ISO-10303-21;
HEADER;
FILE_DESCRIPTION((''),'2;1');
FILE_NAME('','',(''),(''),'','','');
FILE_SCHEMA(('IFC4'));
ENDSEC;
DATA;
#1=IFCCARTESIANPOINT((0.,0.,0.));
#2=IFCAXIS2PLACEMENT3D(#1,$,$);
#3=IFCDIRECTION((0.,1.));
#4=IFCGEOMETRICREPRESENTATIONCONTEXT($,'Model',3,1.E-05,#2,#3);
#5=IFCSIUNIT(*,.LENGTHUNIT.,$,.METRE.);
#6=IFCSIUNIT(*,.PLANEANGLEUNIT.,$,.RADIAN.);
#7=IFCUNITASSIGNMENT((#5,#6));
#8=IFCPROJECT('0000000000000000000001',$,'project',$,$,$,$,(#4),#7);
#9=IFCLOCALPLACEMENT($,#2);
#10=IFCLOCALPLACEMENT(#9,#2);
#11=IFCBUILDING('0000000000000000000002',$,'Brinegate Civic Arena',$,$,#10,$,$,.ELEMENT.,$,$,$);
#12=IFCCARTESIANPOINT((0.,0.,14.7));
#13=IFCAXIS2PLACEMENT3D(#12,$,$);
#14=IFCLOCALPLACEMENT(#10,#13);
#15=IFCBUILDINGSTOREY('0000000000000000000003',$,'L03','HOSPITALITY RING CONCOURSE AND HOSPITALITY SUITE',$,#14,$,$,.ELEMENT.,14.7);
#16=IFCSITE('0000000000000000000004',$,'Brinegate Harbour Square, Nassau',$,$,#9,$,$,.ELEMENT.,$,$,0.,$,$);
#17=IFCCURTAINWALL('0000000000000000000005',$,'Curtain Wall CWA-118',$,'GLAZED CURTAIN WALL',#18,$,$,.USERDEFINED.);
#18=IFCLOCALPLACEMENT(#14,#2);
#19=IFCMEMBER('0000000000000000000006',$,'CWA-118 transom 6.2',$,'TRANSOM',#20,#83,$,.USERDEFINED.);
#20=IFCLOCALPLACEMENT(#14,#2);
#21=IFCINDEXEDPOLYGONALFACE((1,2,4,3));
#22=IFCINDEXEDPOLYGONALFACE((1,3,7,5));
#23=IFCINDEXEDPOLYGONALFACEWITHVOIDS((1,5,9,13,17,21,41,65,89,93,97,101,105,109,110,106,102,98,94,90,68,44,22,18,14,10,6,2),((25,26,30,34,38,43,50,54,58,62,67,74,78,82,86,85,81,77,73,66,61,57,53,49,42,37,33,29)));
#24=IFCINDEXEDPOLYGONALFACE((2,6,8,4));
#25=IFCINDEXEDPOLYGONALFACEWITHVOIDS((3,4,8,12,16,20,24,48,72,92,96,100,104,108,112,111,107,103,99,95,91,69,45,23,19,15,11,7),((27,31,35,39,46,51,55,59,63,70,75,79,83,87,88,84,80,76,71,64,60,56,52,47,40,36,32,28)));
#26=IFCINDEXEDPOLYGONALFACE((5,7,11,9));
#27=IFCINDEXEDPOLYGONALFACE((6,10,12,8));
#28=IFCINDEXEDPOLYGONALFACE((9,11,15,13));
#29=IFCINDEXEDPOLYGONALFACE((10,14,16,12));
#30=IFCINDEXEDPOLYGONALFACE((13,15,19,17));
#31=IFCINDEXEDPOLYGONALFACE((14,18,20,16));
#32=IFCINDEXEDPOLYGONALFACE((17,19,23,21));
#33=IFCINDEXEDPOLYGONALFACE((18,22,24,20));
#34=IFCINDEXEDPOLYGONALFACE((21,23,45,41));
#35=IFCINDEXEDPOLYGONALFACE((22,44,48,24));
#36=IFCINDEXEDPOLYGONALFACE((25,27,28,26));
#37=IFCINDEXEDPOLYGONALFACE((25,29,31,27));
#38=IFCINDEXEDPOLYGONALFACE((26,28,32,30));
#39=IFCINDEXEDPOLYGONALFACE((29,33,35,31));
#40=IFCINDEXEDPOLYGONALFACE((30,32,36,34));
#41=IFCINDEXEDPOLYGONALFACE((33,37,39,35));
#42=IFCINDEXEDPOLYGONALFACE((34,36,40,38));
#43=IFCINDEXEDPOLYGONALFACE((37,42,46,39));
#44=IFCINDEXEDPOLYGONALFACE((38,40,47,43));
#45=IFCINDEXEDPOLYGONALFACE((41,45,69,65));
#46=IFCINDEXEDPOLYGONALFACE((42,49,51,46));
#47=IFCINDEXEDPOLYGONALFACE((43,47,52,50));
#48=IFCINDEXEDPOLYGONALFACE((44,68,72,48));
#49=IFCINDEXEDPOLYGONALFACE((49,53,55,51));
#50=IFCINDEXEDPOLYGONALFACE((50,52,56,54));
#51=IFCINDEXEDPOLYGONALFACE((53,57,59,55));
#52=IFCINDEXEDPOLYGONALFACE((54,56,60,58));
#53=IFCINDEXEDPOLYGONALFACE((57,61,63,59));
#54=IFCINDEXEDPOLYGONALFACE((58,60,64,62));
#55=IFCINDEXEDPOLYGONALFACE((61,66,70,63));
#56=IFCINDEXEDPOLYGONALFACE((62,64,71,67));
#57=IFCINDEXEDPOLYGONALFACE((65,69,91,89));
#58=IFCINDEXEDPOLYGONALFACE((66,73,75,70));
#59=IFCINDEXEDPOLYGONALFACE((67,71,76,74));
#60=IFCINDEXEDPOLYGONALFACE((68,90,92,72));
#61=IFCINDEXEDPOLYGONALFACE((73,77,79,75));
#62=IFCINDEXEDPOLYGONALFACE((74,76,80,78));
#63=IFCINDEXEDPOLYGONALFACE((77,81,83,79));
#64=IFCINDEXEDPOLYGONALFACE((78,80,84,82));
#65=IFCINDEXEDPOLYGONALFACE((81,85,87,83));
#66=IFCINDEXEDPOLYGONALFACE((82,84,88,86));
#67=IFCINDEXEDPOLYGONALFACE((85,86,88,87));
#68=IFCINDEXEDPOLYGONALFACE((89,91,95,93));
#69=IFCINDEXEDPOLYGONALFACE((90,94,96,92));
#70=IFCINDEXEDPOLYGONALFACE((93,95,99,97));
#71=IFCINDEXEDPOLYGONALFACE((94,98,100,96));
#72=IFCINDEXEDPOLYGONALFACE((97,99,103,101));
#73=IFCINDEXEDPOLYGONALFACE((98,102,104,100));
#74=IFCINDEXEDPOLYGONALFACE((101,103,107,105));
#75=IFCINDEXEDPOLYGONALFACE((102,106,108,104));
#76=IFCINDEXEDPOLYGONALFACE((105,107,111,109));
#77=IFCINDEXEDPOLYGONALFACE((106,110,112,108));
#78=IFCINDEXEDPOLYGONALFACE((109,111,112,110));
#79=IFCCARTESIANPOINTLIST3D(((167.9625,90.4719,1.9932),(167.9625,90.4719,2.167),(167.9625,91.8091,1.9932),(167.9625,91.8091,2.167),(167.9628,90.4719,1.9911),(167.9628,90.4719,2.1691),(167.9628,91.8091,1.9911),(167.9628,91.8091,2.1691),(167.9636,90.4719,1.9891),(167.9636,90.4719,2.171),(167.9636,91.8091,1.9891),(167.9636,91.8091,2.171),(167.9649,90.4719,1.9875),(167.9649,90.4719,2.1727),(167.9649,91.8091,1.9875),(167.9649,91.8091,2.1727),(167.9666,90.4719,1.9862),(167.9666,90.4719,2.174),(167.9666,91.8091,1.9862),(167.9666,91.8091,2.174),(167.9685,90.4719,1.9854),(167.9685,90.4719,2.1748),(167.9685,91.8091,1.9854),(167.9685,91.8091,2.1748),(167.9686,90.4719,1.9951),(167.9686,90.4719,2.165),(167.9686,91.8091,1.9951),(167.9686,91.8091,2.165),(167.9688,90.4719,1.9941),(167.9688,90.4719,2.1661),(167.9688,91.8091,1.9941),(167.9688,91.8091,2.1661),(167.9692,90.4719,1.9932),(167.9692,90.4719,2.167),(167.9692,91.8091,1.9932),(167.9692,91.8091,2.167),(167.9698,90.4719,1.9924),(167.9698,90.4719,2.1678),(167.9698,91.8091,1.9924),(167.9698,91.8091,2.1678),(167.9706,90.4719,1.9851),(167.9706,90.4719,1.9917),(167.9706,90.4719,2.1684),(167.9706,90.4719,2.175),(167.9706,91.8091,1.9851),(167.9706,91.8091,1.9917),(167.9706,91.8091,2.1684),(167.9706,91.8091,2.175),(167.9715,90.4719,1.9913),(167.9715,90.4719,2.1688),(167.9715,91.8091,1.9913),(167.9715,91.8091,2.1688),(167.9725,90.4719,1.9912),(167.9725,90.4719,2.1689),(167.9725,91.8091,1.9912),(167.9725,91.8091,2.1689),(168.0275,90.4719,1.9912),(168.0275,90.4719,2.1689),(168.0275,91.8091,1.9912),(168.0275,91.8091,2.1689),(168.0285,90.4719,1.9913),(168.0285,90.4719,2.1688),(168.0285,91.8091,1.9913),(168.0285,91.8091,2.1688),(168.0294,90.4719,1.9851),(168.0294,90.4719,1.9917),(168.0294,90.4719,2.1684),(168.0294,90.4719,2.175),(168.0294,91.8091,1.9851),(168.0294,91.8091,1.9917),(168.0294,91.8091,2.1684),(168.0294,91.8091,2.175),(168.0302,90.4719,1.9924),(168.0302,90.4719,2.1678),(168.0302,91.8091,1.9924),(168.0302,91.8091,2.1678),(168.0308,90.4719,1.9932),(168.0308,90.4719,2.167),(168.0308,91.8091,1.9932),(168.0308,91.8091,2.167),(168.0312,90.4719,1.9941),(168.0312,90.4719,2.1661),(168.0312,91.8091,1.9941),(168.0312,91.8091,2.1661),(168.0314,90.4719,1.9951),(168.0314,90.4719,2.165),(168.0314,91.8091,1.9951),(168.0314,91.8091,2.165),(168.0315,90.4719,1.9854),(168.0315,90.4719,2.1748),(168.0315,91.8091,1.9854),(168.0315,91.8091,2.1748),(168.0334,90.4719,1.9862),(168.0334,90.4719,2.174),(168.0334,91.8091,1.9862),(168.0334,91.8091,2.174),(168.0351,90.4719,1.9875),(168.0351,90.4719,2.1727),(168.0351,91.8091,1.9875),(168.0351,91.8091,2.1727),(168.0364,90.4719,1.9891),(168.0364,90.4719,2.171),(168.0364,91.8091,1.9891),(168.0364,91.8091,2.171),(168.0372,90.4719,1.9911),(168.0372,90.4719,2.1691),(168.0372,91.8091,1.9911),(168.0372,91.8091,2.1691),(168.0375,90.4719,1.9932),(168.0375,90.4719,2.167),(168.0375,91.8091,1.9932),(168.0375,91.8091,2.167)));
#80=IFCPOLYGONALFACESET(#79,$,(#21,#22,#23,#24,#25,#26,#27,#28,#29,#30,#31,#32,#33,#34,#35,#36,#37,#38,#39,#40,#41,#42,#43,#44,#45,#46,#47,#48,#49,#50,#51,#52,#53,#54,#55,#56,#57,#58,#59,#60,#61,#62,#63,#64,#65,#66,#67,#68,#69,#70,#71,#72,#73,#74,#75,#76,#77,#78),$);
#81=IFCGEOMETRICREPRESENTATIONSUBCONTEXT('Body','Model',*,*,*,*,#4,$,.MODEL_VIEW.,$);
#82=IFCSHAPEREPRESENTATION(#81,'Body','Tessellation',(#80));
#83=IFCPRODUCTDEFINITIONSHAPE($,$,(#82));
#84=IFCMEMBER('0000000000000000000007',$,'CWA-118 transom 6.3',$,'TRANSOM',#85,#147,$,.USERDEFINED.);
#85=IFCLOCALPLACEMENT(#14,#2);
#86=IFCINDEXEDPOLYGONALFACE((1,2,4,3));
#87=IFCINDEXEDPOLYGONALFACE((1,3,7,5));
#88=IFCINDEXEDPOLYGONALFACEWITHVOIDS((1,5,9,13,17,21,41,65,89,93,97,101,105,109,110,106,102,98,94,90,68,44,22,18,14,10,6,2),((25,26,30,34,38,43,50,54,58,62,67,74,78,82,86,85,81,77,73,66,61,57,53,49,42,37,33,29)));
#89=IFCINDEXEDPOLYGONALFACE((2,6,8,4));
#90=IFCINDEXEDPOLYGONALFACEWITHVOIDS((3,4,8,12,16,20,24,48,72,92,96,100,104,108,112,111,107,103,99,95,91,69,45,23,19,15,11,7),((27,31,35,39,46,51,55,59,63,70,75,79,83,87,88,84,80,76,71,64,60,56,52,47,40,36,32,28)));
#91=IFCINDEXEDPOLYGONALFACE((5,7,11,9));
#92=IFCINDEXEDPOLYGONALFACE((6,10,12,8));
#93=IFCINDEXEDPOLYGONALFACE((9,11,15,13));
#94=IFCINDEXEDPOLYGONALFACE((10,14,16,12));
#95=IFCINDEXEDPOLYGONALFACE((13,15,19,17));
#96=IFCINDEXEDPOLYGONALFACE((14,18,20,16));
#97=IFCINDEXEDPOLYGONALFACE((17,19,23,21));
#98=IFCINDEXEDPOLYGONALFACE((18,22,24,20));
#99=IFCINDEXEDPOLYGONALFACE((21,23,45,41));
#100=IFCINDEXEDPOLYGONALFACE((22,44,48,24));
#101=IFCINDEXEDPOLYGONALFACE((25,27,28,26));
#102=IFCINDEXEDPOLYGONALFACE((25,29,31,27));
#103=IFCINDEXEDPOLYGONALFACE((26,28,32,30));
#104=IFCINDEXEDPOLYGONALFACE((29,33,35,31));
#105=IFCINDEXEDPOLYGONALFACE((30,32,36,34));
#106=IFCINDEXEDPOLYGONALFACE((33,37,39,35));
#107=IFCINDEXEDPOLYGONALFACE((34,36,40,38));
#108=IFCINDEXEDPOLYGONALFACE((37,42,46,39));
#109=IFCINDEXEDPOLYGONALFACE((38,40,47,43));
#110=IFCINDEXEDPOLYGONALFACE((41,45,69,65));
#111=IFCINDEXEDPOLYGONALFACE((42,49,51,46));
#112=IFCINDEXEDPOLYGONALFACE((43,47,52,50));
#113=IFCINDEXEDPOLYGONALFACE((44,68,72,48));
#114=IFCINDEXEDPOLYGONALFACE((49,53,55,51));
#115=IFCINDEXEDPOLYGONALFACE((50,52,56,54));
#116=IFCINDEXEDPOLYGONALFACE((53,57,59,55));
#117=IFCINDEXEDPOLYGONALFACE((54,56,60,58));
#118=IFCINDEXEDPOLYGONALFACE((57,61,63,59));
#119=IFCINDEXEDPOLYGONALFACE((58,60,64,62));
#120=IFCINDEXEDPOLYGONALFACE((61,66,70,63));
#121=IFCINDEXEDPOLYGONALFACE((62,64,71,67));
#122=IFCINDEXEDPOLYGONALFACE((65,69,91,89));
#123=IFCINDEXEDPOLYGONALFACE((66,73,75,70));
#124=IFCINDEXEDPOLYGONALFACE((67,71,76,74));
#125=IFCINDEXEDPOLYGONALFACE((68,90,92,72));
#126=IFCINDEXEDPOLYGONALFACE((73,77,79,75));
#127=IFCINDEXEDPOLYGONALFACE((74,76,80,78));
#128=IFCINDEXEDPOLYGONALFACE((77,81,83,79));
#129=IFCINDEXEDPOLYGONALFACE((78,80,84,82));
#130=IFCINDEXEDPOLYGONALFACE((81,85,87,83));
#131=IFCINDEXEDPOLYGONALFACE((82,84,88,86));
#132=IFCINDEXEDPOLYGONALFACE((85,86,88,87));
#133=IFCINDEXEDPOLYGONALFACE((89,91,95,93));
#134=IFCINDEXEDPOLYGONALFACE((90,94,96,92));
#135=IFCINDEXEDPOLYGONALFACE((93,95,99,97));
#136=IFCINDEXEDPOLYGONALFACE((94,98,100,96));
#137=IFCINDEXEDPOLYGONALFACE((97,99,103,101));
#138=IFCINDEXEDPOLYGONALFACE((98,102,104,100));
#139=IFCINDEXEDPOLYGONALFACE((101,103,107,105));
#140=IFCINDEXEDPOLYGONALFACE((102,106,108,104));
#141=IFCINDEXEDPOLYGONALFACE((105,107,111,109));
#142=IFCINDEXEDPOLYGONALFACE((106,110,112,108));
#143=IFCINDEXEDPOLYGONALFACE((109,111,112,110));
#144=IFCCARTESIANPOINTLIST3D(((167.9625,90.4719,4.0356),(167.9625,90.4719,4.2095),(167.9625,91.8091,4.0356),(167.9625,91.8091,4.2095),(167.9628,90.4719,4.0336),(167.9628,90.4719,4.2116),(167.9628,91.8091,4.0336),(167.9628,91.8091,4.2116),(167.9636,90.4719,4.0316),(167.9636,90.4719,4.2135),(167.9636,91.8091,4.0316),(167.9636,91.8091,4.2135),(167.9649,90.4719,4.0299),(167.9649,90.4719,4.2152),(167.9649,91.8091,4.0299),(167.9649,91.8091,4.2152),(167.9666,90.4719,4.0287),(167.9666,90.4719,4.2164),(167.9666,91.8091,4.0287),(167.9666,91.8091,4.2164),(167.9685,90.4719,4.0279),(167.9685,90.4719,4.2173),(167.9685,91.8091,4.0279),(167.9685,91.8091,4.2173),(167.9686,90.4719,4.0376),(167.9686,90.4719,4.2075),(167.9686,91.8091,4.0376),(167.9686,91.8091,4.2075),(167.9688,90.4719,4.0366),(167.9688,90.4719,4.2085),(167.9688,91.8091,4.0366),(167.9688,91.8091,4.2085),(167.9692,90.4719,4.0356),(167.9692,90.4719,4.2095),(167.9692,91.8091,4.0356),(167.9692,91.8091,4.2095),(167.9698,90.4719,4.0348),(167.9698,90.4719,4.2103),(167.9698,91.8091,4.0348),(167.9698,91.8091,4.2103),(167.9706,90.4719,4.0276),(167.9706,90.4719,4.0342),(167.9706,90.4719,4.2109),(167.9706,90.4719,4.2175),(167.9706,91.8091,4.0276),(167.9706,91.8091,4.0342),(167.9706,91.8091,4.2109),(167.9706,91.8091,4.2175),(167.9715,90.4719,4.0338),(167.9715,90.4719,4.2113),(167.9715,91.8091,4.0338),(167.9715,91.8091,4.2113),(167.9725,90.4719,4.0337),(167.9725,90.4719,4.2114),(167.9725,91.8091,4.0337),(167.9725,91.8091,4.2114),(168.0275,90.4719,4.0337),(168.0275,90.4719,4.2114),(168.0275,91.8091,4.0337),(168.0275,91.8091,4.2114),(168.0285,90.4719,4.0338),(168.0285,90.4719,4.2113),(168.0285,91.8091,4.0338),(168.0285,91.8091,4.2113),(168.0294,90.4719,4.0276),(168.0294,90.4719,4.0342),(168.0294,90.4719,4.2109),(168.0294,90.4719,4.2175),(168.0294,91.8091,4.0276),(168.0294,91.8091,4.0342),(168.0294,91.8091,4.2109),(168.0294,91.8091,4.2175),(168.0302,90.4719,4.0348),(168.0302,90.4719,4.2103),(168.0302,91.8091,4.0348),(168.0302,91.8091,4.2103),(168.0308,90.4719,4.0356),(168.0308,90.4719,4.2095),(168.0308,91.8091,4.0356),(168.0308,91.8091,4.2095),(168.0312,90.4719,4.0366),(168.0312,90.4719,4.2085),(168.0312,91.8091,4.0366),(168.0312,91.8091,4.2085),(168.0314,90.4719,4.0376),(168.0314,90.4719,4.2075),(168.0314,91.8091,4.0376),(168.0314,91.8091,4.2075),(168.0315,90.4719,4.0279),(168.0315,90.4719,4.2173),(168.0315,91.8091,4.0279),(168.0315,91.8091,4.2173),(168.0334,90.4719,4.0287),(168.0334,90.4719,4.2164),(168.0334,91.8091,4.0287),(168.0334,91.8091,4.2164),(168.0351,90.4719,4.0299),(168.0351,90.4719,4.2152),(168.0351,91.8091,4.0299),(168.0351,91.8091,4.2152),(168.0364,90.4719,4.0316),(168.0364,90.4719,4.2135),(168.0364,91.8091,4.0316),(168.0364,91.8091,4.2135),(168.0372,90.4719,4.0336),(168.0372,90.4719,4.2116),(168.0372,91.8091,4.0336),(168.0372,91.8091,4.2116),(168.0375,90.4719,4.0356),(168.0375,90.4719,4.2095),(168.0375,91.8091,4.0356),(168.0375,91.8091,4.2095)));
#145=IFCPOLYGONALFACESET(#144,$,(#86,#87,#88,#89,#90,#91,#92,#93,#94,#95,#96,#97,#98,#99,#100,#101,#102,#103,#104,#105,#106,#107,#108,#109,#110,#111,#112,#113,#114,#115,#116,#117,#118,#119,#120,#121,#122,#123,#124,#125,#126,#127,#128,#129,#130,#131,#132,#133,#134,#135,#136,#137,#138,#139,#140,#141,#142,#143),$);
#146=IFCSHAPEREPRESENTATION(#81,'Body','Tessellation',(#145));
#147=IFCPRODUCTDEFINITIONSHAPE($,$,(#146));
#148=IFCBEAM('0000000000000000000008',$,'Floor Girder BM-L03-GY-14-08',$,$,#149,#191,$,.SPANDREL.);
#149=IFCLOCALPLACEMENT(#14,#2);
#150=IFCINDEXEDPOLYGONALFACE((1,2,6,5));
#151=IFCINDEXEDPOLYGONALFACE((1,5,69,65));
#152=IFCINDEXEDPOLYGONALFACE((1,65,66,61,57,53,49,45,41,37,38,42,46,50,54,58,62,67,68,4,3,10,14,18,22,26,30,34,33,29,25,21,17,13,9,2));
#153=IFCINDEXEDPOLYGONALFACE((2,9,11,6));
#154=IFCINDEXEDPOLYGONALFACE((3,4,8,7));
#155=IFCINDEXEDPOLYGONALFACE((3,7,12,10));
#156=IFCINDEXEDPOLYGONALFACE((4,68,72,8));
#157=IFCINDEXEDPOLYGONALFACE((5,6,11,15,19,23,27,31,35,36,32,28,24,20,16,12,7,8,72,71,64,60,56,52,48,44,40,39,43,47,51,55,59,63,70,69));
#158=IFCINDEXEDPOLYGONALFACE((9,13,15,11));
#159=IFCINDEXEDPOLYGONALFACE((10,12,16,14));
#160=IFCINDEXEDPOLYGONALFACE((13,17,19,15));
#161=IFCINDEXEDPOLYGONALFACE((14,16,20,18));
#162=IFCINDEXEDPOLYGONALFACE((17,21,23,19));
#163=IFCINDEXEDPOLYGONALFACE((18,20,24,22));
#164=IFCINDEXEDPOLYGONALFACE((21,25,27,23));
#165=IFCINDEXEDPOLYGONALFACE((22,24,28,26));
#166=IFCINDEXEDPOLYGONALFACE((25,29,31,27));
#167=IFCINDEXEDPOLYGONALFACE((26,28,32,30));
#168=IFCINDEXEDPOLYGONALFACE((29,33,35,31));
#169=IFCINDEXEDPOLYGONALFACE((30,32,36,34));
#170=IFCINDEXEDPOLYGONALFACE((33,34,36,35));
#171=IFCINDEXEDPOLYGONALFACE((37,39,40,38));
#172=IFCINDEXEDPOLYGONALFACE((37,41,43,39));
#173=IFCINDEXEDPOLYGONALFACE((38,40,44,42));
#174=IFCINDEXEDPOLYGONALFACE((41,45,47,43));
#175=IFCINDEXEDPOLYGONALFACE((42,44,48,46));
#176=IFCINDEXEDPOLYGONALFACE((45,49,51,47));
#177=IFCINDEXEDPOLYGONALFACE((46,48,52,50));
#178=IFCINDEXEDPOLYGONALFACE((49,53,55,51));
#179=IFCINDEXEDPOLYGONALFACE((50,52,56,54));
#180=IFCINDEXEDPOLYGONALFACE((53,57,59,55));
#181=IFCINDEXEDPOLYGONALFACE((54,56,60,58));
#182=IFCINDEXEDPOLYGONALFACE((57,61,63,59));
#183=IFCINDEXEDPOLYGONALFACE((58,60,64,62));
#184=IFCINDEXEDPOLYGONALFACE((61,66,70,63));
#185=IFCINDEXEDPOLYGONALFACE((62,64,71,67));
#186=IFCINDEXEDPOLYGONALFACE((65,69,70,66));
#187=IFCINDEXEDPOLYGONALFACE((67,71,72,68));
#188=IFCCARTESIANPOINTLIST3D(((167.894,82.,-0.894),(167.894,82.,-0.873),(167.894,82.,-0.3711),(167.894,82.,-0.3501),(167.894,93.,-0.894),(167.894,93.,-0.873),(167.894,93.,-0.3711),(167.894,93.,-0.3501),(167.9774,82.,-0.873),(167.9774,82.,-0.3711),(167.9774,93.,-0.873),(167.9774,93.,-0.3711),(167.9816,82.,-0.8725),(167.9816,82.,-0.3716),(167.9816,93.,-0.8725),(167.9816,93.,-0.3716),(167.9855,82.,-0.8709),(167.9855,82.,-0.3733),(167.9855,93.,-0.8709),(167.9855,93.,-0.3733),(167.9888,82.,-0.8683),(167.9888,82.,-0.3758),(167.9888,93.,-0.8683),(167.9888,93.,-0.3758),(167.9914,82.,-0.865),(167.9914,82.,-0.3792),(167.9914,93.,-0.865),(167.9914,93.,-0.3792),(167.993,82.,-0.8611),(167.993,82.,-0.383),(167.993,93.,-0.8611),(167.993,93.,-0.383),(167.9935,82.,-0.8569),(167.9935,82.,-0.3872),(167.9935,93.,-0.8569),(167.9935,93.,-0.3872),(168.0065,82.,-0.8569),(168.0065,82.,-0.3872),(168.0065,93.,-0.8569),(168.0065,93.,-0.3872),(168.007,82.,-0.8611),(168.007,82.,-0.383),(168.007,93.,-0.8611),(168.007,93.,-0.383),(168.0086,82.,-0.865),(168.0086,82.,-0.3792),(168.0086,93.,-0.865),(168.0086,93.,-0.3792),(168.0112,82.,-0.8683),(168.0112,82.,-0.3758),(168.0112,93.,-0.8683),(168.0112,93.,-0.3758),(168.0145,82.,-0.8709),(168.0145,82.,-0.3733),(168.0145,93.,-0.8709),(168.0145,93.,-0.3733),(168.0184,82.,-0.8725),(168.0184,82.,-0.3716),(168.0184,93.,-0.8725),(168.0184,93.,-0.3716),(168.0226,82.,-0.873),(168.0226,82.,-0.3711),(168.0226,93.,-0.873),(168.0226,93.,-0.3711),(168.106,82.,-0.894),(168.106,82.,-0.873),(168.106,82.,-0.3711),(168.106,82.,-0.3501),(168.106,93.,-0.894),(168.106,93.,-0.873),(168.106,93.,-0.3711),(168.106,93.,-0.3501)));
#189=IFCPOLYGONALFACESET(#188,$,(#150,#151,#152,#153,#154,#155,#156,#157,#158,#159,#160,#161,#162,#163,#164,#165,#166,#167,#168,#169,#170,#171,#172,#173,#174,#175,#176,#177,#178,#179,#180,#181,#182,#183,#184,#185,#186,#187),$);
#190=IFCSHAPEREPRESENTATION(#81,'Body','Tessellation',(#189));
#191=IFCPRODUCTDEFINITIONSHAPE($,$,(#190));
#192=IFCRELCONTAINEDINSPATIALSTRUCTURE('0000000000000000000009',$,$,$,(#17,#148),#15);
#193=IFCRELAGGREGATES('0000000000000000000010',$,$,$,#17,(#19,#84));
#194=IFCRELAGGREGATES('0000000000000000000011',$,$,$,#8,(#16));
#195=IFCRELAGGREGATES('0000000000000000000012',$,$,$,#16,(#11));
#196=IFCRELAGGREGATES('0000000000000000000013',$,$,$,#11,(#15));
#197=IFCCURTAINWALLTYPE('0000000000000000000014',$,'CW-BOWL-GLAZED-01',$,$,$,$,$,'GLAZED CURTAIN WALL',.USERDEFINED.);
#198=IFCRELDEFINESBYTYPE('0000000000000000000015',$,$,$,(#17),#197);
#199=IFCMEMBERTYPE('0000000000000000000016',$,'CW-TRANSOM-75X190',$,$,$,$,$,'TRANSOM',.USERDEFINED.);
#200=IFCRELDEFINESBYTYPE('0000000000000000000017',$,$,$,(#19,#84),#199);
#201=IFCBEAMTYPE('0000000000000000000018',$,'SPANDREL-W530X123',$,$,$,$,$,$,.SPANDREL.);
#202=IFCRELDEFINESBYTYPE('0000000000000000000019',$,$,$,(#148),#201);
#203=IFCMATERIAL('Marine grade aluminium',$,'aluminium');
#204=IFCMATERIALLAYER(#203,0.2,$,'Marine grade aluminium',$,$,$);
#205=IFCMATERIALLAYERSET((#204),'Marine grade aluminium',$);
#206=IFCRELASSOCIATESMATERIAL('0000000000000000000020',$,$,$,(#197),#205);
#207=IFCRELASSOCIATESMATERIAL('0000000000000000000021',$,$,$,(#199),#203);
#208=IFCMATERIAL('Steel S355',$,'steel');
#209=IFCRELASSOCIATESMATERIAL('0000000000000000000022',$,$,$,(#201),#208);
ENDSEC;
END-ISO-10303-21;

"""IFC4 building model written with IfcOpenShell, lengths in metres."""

from ifc_helpers import new_model, si_unit, direction, frame, origin, origin_2d, place, context, subcontext, project, spatial, hollow_rectangle, i_section, extrude, material, layer, layer_set, material_profile, profile_set, type_object, element, aggregate, save


model = new_model("IFC4")

# Units and contexts
model_context = context("Model", 3, precision=1e-05, world=origin(), true_north=direction((0.0, 1.0)))
body_context = subcontext(model_context, "Body", "Model", "MODEL_VIEW")
ifc_project = project(units=[si_unit("LENGTHUNIT", "METRE"), si_unit("PLANEANGLEUNIT", "RADIAN")], contexts=[model_context])

# Site, building, storey
site_placement = place(None, origin())
site = spatial("IfcSite", under=ifc_project, at=site_placement, Name="Brinegate Harbour Square, Nassau", CompositionType="ELEMENT", RefElevation=0.0)
building_placement = place(site_placement, origin())
building = spatial("IfcBuilding", under=site, at=building_placement, Name="Brinegate Civic Arena", CompositionType="ELEMENT")
storey_placement = place(building_placement, frame((0.0, 0.0, 14.7)))
storey = spatial("IfcBuildingStorey", under=building, at=storey_placement, Name="L03", Description="HOSPITALITY RING CONCOURSE AND HOSPITALITY SUITE", CompositionType="ELEMENT", Elevation=14.7)

# Curtain wall, members
ifc_material_1 = material(Name="Marine grade aluminium", Category="aluminium")
ifc_layer_1 = layer(ifc_material_1, 0.2, Name="Marine grade aluminium")
ifc_layer_set_1 = layer_set([ifc_layer_1], Name="Marine grade aluminium")
curtain_wall_type = type_object("IfcCurtainWallType", Name="CW-BOWL-GLAZED-01", ElementType="GLAZED CURTAIN WALL", PredefinedType="USERDEFINED", material=ifc_layer_set_1)
curtain_wall_placement = place(storey_placement, origin())
curtain_wall = element("IfcCurtainWall", 1, at=curtain_wall_placement, inside=storey, type_object=curtain_wall_type, Name="Curtain Wall CWA-118", ObjectType="GLAZED CURTAIN WALL", PredefinedType="USERDEFINED")
ifc_material_profile_1 = material_profile(ifc_material_1, hollow_rectangle(XDim=0.075, YDim=0.1899, WallThickness=0.0061, InnerFilletRadius=0.0039, OuterFilletRadius=0.0081, at=origin_2d()), Name="TRN75X190")
ifc_profile_set_1 = profile_set([ifc_material_profile_1], Name="Marine grade aluminium")
member_type_1 = type_object("IfcMemberType", Name="CW-TRANSOM-75X190", ElementType="TRANSOM", PredefinedType="USERDEFINED", material=ifc_profile_set_1)
member_1_placement = place(storey_placement, frame((168.0, 90.4719, 2.0801), z_axis=(0.0, 1.0, 0.0), x_axis=(-1.0, 0.0, 0.0)))
member_1 = element("IfcMember", 2, at=member_1_placement, type_object=member_type_1, Name="CWA-118 transom 6.2", ObjectType="TRANSOM", PredefinedType="USERDEFINED", context=body_context, shape_type="SweptSolid", body=[
    extrude(hollow_rectangle(XDim=0.075, YDim=0.1899, WallThickness=0.0061, InnerFilletRadius=0.0039, OuterFilletRadius=0.0081, at=origin_2d()), origin(), (0.0, 0.0, 1.0), 1.3372),
])
member_2_placement = place(storey_placement, frame((168.0, 90.4719, 4.1226), z_axis=(0.0, 1.0, 0.0), x_axis=(-1.0, 0.0, 0.0)))
member_2 = element("IfcMember", 3, at=member_2_placement, type_object=member_type_1, Name="CWA-118 transom 6.3", ObjectType="TRANSOM", PredefinedType="USERDEFINED", context=body_context, shape_type="SweptSolid", body=[
    extrude(hollow_rectangle(XDim=0.075, YDim=0.1899, WallThickness=0.0061, InnerFilletRadius=0.0039, OuterFilletRadius=0.0081, at=origin_2d()), origin(), (0.0, 0.0, 1.0), 1.3372),
])

# Beam
ifc_material_2 = material(Name="Steel S355", Category="steel")
ifc_material_profile_2 = material_profile(ifc_material_2, i_section(OverallWidth=0.2119, OverallDepth=0.5439, WebThickness=0.0129, FlangeThickness=0.021, FilletRadius=0.0161, at=origin_2d()), Name="W530X123")
ifc_profile_set_2 = profile_set([ifc_material_profile_2], Name="Steel S355")
beam_type = type_object("IfcBeamType", Name="SPANDREL-W530X123", PredefinedType="SPANDREL", material=ifc_profile_set_2)
beam_placement = place(storey_placement, frame((168.0, 82.0, -0.6221), z_axis=(0.0, 1.0, 0.0), x_axis=(-1.0, 0.0, 0.0)))
element("IfcBeam", 4, at=beam_placement, inside=storey, type_object=beam_type, Name="Floor Girder BM-L03-GY-14-08", PredefinedType="SPANDREL", context=body_context, shape_type="SweptSolid", body=[
    extrude(i_section(OverallWidth=0.2119, OverallDepth=0.5439, WebThickness=0.0129, FlangeThickness=0.021, FilletRadius=0.0161, at=origin_2d()), origin(), (0.0, 0.0, 1.0), 11.0),
])

aggregate(curtain_wall, [member_1, member_2])

save(model, "model.ifc")
